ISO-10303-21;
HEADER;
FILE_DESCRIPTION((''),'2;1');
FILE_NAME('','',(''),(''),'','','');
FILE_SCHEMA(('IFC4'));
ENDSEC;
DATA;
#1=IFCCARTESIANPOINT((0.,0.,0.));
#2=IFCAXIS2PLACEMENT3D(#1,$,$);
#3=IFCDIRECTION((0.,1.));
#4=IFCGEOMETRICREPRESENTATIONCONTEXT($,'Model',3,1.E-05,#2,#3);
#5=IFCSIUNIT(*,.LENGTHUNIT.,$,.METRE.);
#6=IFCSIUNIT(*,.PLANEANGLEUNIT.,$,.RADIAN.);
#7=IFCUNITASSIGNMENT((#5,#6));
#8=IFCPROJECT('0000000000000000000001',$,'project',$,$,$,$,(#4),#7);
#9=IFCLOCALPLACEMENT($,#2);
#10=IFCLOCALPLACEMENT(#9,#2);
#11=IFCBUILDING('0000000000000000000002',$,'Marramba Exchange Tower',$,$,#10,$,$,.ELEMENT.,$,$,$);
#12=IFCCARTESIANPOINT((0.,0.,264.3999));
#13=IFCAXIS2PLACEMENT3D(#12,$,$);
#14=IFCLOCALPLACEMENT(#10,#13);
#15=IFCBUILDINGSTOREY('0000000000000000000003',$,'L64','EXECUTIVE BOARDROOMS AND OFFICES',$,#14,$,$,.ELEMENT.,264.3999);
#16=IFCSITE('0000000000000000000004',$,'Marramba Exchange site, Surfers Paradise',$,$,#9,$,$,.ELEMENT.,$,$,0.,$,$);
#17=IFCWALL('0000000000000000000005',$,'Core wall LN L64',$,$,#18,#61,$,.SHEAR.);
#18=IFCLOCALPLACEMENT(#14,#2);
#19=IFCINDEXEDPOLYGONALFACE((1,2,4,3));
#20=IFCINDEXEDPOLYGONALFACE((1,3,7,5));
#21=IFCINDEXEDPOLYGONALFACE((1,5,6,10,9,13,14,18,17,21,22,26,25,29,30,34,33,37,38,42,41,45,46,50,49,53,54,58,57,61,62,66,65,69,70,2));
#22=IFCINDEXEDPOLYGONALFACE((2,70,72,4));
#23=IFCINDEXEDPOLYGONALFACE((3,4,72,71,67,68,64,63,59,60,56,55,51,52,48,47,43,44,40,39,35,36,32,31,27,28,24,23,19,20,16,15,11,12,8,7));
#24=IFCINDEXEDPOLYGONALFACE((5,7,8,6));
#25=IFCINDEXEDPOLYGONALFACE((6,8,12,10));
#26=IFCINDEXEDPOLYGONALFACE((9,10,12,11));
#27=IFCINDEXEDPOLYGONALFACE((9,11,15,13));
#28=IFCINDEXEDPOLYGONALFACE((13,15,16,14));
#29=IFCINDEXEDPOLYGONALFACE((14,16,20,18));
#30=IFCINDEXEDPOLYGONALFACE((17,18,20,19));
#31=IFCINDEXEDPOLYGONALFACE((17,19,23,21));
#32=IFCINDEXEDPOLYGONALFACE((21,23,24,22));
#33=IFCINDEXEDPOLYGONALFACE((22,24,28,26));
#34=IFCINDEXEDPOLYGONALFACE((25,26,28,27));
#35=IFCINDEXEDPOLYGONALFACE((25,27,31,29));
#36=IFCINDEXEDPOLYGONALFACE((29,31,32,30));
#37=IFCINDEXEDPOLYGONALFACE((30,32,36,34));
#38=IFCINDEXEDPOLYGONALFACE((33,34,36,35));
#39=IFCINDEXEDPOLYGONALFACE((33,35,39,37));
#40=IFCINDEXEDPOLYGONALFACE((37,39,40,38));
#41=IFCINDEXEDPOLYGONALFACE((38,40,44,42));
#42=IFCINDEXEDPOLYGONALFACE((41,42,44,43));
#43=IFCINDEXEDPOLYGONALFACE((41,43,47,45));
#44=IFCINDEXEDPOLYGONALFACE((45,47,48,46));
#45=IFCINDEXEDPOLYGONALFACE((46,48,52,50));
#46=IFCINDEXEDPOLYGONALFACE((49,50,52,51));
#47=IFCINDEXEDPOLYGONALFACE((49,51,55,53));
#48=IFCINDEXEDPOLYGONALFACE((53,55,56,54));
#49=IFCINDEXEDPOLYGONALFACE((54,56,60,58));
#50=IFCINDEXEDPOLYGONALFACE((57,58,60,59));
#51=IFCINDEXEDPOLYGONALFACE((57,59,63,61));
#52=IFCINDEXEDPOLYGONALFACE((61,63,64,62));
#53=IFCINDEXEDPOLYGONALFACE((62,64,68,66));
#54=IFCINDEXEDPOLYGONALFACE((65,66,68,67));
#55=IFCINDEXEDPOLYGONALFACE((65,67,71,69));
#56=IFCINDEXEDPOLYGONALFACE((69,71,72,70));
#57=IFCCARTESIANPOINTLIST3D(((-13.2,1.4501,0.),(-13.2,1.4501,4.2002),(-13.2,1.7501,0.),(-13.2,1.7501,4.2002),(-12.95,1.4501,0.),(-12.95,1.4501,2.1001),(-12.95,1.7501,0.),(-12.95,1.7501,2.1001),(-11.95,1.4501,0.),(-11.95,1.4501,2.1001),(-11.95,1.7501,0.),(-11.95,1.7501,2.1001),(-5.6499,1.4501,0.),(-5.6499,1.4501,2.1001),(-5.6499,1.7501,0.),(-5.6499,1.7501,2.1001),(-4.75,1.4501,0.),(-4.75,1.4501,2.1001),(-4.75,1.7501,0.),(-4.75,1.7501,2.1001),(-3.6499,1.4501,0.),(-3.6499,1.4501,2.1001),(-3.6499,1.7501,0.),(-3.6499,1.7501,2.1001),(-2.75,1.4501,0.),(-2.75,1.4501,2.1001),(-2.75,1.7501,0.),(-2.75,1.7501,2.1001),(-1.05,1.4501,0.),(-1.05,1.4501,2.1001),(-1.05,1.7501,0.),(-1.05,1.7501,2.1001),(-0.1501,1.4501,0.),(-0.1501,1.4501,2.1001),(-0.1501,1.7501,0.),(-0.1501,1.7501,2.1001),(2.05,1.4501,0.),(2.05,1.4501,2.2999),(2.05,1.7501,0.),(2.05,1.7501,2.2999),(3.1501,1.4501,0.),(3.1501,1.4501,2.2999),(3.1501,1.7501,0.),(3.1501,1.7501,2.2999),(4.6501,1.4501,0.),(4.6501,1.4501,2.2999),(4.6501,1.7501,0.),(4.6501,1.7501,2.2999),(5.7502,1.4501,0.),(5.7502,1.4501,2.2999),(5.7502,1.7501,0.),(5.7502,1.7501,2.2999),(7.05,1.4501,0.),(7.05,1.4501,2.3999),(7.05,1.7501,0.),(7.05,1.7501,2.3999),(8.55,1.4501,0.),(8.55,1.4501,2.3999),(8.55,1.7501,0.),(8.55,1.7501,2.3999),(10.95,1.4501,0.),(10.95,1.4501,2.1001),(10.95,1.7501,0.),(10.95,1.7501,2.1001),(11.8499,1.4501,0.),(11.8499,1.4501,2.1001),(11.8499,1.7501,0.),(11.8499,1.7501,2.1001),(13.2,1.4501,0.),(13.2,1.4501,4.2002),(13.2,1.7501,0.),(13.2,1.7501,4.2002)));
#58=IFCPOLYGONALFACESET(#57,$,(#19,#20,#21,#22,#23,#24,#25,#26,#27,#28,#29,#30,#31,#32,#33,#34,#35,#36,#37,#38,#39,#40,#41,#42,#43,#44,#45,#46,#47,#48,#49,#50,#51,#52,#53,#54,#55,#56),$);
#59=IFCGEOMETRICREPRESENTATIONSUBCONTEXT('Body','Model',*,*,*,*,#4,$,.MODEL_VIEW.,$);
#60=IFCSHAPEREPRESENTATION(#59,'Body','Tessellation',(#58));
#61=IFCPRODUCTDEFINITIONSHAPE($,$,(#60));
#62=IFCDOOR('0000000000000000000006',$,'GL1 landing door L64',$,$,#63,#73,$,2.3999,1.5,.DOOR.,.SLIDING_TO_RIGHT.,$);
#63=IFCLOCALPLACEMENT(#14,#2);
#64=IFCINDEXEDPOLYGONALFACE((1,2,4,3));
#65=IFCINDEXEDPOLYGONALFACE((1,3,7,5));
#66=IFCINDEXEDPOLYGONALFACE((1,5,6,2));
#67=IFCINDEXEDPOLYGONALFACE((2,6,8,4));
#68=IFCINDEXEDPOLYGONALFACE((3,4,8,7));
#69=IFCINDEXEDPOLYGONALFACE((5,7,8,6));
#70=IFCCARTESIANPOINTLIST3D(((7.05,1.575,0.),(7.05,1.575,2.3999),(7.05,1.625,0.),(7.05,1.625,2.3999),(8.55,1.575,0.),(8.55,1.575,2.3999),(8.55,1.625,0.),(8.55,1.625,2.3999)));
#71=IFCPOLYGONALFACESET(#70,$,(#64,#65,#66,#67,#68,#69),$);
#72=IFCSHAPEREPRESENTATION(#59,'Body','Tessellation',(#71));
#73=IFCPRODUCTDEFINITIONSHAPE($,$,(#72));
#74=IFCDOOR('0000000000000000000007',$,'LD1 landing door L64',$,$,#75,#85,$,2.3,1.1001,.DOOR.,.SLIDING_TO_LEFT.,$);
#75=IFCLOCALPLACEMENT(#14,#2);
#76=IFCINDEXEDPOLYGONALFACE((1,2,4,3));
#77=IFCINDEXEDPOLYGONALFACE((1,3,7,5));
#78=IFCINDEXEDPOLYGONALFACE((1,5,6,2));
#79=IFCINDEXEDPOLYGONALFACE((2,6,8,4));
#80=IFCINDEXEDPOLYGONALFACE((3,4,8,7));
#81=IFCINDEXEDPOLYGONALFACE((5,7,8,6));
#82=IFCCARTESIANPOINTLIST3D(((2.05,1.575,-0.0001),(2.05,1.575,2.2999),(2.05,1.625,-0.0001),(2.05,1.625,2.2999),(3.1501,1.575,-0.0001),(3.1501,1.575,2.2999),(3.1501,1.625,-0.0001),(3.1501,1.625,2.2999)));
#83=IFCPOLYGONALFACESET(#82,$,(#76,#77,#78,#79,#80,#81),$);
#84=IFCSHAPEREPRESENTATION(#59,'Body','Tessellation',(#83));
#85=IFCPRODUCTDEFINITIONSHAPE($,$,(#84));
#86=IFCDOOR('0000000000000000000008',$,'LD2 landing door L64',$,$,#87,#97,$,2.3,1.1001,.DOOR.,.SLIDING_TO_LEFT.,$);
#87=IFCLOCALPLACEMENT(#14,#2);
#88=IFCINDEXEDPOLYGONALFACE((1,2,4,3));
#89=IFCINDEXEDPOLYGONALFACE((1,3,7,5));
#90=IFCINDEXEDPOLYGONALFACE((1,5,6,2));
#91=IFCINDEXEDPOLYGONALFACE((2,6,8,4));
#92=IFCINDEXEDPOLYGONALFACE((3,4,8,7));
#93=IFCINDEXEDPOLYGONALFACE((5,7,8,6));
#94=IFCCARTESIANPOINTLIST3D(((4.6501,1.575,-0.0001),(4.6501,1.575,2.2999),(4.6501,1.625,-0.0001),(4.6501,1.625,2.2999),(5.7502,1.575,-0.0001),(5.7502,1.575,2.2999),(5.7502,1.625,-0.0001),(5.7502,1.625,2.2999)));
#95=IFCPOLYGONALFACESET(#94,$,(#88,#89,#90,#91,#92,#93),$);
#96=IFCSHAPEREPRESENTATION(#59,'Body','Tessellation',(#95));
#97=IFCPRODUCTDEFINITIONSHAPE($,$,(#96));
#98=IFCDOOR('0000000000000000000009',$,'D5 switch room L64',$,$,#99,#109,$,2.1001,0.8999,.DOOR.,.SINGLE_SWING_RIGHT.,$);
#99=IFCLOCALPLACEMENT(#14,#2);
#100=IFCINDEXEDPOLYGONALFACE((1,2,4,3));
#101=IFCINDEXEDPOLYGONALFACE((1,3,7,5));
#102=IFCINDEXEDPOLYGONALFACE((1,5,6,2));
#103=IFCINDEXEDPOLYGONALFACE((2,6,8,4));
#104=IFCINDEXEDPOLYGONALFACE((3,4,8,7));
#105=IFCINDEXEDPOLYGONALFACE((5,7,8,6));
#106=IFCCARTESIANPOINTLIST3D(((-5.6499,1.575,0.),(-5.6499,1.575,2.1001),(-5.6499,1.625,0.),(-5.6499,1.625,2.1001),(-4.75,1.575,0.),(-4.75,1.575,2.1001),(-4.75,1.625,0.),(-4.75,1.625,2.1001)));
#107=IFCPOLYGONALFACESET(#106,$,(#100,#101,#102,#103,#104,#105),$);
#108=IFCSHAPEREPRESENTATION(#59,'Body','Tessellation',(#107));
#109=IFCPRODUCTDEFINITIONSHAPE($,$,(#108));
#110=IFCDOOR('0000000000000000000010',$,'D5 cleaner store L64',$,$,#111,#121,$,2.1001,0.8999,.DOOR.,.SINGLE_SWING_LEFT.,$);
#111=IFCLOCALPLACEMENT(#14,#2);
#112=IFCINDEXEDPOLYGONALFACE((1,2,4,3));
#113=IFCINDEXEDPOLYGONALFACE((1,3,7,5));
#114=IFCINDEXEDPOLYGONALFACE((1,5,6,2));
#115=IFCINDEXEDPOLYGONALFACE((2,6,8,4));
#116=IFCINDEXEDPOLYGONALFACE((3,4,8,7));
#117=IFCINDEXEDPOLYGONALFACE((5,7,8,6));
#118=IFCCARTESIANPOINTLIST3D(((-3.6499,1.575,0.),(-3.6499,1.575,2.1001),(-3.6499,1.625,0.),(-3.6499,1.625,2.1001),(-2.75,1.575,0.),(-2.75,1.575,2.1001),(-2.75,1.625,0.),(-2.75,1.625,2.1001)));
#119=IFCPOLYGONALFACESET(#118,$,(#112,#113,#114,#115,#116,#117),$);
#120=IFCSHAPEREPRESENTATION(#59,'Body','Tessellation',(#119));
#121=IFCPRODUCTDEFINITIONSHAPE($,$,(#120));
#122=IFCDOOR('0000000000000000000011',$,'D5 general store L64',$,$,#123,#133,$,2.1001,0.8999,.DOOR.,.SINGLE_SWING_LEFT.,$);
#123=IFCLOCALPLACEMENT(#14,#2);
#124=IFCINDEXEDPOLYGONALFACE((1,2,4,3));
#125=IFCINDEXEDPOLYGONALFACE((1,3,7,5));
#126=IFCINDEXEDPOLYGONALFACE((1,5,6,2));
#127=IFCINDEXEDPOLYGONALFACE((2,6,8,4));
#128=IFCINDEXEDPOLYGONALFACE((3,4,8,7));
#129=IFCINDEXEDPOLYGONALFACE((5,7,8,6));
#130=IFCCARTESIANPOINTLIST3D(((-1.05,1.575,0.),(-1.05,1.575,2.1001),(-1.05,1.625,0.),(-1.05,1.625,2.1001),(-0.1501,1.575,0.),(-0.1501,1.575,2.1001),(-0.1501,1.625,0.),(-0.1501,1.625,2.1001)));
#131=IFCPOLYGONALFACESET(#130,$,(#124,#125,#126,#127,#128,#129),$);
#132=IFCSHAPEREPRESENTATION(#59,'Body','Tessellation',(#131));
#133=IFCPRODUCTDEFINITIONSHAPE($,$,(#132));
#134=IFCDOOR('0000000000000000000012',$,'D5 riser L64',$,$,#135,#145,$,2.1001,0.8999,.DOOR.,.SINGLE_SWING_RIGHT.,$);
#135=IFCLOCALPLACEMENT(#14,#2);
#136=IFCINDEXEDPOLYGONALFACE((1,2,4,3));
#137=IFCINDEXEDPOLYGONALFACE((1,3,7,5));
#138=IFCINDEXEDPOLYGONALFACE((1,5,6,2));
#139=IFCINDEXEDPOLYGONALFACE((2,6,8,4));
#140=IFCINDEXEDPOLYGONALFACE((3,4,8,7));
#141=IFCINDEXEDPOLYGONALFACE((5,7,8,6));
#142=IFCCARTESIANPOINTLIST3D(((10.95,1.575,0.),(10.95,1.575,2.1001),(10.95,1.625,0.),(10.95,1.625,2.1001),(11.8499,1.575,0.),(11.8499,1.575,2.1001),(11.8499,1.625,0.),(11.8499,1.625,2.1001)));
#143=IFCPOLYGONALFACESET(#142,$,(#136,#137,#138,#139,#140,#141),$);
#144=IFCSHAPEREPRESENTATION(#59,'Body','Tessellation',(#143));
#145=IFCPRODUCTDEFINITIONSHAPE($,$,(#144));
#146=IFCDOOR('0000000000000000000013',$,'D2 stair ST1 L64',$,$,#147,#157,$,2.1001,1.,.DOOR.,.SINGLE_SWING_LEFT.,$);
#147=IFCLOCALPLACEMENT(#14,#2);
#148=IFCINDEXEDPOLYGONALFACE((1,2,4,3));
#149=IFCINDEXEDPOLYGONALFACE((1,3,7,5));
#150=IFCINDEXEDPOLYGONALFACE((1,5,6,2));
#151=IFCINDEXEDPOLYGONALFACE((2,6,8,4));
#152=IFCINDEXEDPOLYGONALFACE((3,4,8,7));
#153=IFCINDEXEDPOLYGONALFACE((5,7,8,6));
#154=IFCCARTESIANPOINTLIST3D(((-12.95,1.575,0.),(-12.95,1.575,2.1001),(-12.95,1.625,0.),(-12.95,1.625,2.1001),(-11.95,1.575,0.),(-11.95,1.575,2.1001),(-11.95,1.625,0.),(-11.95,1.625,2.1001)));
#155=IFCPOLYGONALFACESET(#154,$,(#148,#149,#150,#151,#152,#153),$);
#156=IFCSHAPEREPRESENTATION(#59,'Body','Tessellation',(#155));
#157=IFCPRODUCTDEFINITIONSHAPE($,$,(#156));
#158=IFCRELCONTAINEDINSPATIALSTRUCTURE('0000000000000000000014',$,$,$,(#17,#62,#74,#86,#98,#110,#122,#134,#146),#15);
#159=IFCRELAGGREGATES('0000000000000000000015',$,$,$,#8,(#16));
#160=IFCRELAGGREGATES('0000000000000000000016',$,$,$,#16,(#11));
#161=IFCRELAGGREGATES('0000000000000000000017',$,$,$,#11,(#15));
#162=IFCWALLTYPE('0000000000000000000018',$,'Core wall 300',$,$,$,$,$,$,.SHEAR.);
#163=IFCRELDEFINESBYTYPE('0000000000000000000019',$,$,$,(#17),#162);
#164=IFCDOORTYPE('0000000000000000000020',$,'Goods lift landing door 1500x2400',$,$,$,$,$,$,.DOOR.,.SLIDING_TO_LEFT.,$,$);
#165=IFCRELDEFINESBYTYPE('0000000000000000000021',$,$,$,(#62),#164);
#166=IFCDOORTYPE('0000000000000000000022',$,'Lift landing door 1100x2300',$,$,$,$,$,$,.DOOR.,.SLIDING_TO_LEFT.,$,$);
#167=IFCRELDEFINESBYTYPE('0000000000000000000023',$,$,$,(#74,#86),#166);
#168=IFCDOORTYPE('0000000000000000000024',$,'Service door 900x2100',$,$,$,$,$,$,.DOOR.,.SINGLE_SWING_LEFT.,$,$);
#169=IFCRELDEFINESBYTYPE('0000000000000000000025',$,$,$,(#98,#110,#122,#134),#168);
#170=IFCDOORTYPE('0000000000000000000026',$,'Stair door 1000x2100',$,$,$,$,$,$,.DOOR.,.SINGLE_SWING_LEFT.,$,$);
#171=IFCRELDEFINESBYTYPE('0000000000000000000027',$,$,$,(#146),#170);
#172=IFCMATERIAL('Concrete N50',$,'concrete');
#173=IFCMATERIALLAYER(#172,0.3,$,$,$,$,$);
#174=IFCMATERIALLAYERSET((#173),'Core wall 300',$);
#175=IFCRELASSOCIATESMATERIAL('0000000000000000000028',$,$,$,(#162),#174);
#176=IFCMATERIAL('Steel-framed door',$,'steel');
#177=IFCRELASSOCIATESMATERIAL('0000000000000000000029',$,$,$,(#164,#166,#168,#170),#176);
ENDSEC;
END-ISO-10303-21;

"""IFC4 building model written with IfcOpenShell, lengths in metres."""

from ifc_helpers import new_model, si_unit, direction, frame, frame_2d, origin, place, context, subcontext, project, spatial, rectangle, extrude, material, layer, layer_set, type_object, element, fill, save


model = new_model("IFC4")

# Units and contexts
model_context = context("Model", 3, precision=1e-05, world=origin(), true_north=direction((0.0, 1.0)))
body_context = subcontext(model_context, "Body", "Model", "MODEL_VIEW")
ifc_project = project(units=[si_unit("LENGTHUNIT", "METRE"), si_unit("PLANEANGLEUNIT", "RADIAN")], contexts=[model_context])

# Site, building, storey
site_placement = place(None, origin())
site = spatial("IfcSite", under=ifc_project, at=site_placement, Name="Marramba Exchange site, Surfers Paradise", CompositionType="ELEMENT", RefElevation=0.0)
building_placement = place(site_placement, origin())
building = spatial("IfcBuilding", under=site, at=building_placement, Name="Marramba Exchange Tower", CompositionType="ELEMENT")
storey_placement = place(building_placement, frame((0.0, 0.0, 264.3999)))
storey = spatial("IfcBuildingStorey", under=building, at=storey_placement, Name="L64", Description="EXECUTIVE BOARDROOMS AND OFFICES", CompositionType="ELEMENT", Elevation=264.3999)

# Shared definitions
ifc_material_1 = material(Name="Concrete N50", Category="concrete")

# Shared definitions
ifc_material_2 = material(Name="Steel-framed door", Category="steel")

# Wall, openings, doors
ifc_layer_1 = layer(ifc_material_1, 0.3)
ifc_layer_set_1 = layer_set([ifc_layer_1], Name="Core wall 300")
wall_type_1 = type_object("IfcWallType", Name="Core wall 300", PredefinedType="SHEAR", material=ifc_layer_set_1)
wall_1_placement = place(storey_placement, frame((-13.2, 1.6001, 0.0), z_axis=(0.0, 0.0, 1.0), x_axis=(1.0, 0.0, 0.0)))
wall_1 = element("IfcWall", 1, at=wall_1_placement, inside=storey, type_object=wall_type_1, Name="Core wall LN L64", PredefinedType="SHEAR", context=body_context, shape_type="SweptSolid", body=[
    extrude(rectangle(XDim=26.3999, YDim=0.3, at=frame_2d((13.2, 0.0))), origin(), (0.0, 0.0, 1.0), 4.2002),
])
opening_1_placement = place(wall_1_placement, frame((0.25, 0.0, 0.0)))
opening_1 = element("IfcOpeningElement", 2, at=opening_1_placement, cuts=wall_1, PredefinedType="OPENING", context=body_context, shape_type="SweptSolid", body=[
    extrude(rectangle(XDim=1.0, YDim=2.1001, at=frame_2d((0.5, 1.05))), frame((0.0, 0.1599, 0.0), z_axis=(0.0, -1.0, 0.0), x_axis=(1.0, 0.0, 0.0)), (0.0, 0.0, 1.0), 0.3201),
])
opening_2_placement = place(wall_1_placement, frame((20.25, 0.0, 0.0)))
opening_2 = element("IfcOpeningElement", 3, at=opening_2_placement, cuts=wall_1, PredefinedType="OPENING", context=body_context, shape_type="SweptSolid", body=[
    extrude(rectangle(XDim=1.5, YDim=2.3999, at=frame_2d((0.75, 1.2))), frame((0.0, 0.1599, 0.0), z_axis=(0.0, -1.0, 0.0), x_axis=(1.0, 0.0, 0.0)), (0.0, 0.0, 1.0), 0.3201),
])
opening_3_placement = place(wall_1_placement, frame((7.55, 0.0, 0.0)))
opening_3 = element("IfcOpeningElement", 4, at=opening_3_placement, cuts=wall_1, PredefinedType="OPENING", context=body_context, shape_type="SweptSolid", body=[
    extrude(rectangle(XDim=0.8999, YDim=2.1001, at=frame_2d((0.45, 1.05))), frame((0.0, 0.1599, 0.0), z_axis=(0.0, -1.0, 0.0), x_axis=(1.0, 0.0, 0.0)), (0.0, 0.0, 1.0), 0.3201),
])
opening_4_placement = place(wall_1_placement, frame((9.55, 0.0, 0.0)))
opening_4 = element("IfcOpeningElement", 5, at=opening_4_placement, cuts=wall_1, PredefinedType="OPENING", context=body_context, shape_type="SweptSolid", body=[
    extrude(rectangle(XDim=0.8999, YDim=2.1001, at=frame_2d((0.45, 1.05))), frame((0.0, 0.1599, 0.0), z_axis=(0.0, -1.0, 0.0), x_axis=(1.0, 0.0, 0.0)), (0.0, 0.0, 1.0), 0.3201),
])
opening_5_placement = place(wall_1_placement, frame((12.1499, 0.0, 0.0)))
opening_5 = element("IfcOpeningElement", 6, at=opening_5_placement, cuts=wall_1, PredefinedType="OPENING", context=body_context, shape_type="SweptSolid", body=[
    extrude(rectangle(XDim=0.8999, YDim=2.1001, at=frame_2d((0.45, 1.05))), frame((0.0, 0.1599, 0.0), z_axis=(0.0, -1.0, 0.0), x_axis=(1.0, 0.0, 0.0)), (0.0, 0.0, 1.0), 0.3201),
])
opening_6_placement = place(wall_1_placement, frame((15.25, 0.0, 0.0)))
opening_6 = element("IfcOpeningElement", 7, at=opening_6_placement, cuts=wall_1, PredefinedType="OPENING", context=body_context, shape_type="SweptSolid", body=[
    extrude(rectangle(XDim=1.1001, YDim=2.3, at=frame_2d((0.55, 1.1499))), frame((0.0, 0.1599, 0.0), z_axis=(0.0, -1.0, 0.0), x_axis=(1.0, 0.0, 0.0)), (0.0, 0.0, 1.0), 0.3201),
])
opening_7_placement = place(wall_1_placement, frame((17.8501, 0.0, 0.0)))
opening_7 = element("IfcOpeningElement", 8, at=opening_7_placement, cuts=wall_1, PredefinedType="OPENING", context=body_context, shape_type="SweptSolid", body=[
    extrude(rectangle(XDim=1.1001, YDim=2.3, at=frame_2d((0.55, 1.1499))), frame((0.0, 0.1599, 0.0), z_axis=(0.0, -1.0, 0.0), x_axis=(1.0, 0.0, 0.0)), (0.0, 0.0, 1.0), 0.3201),
])
opening_8_placement = place(wall_1_placement, frame((24.1499, 0.0, 0.0)))
opening_8 = element("IfcOpeningElement", 9, at=opening_8_placement, cuts=wall_1, PredefinedType="OPENING", context=body_context, shape_type="SweptSolid", body=[
    extrude(rectangle(XDim=0.8999, YDim=2.1001, at=frame_2d((0.45, 1.05))), frame((0.0, 0.1599, 0.0), z_axis=(0.0, -1.0, 0.0), x_axis=(1.0, 0.0, 0.0)), (0.0, 0.0, 1.0), 0.3201),
])
door_type_1 = type_object("IfcDoorType", Name="Goods lift landing door 1500x2400", OperationType="SLIDING_TO_LEFT", PredefinedType="DOOR", material=ifc_material_2)
door_1_placement = place(opening_2_placement, origin())
door_1 = element("IfcDoor", 10, at=door_1_placement, inside=storey, type_object=door_type_1, Name="GL1 landing door L64", OperationType="SLIDING_TO_RIGHT", OverallHeight=2.3999, OverallWidth=1.5, PredefinedType="DOOR", context=body_context, shape_type="SweptSolid", body=[
    extrude(rectangle(XDim=1.5, YDim=2.3999, at=frame_2d((0.75, 1.2))), frame((0.0, 0.0249, 0.0), z_axis=(0.0, -1.0, 0.0), x_axis=(1.0, 0.0, 0.0)), (0.0, 0.0, 1.0), 0.05),
])
fill(opening_2, door_1)
door_type_2 = type_object("IfcDoorType", Name="Lift landing door 1100x2300", OperationType="SLIDING_TO_LEFT", PredefinedType="DOOR", material=ifc_material_2)
door_2_placement = place(opening_6_placement, origin())
door_2 = element("IfcDoor", 11, at=door_2_placement, inside=storey, type_object=door_type_2, Name="LD1 landing door L64", OperationType="SLIDING_TO_LEFT", OverallHeight=2.3, OverallWidth=1.1001, PredefinedType="DOOR", context=body_context, shape_type="SweptSolid", body=[
    extrude(rectangle(XDim=1.1001, YDim=2.3, at=frame_2d((0.55, 1.1499))), frame((0.0, 0.0249, 0.0), z_axis=(0.0, -1.0, 0.0), x_axis=(1.0, 0.0, 0.0)), (0.0, 0.0, 1.0), 0.05),
])
fill(opening_6, door_2)
door_3_placement = place(opening_7_placement, origin())
door_3 = element("IfcDoor", 12, at=door_3_placement, inside=storey, type_object=door_type_2, Name="LD2 landing door L64", OperationType="SLIDING_TO_LEFT", OverallHeight=2.3, OverallWidth=1.1001, PredefinedType="DOOR", context=body_context, shape_type="SweptSolid", body=[
    extrude(rectangle(XDim=1.1001, YDim=2.3, at=frame_2d((0.55, 1.1499))), frame((0.0, 0.0249, 0.0), z_axis=(0.0, -1.0, 0.0), x_axis=(1.0, 0.0, 0.0)), (0.0, 0.0, 1.0), 0.05),
])
fill(opening_7, door_3)
door_type_3 = type_object("IfcDoorType", Name="Service door 900x2100", OperationType="SINGLE_SWING_LEFT", PredefinedType="DOOR", material=ifc_material_2)
door_4_placement = place(opening_3_placement, origin())
door_4 = element("IfcDoor", 13, at=door_4_placement, inside=storey, type_object=door_type_3, Name="D5 switch room L64", OperationType="SINGLE_SWING_RIGHT", OverallHeight=2.1001, OverallWidth=0.8999, PredefinedType="DOOR", context=body_context, shape_type="SweptSolid", body=[
    extrude(rectangle(XDim=0.8999, YDim=2.1001, at=frame_2d((0.45, 1.05))), frame((0.0, 0.0249, 0.0), z_axis=(0.0, -1.0, 0.0), x_axis=(1.0, 0.0, 0.0)), (0.0, 0.0, 1.0), 0.05),
])
fill(opening_3, door_4)
door_5_placement = place(opening_4_placement, origin())
door_5 = element("IfcDoor", 14, at=door_5_placement, inside=storey, type_object=door_type_3, Name="D5 cleaner store L64", OperationType="SINGLE_SWING_LEFT", OverallHeight=2.1001, OverallWidth=0.8999, PredefinedType="DOOR", context=body_context, shape_type="SweptSolid", body=[
    extrude(rectangle(XDim=0.8999, YDim=2.1001, at=frame_2d((0.45, 1.05))), frame((0.0, 0.0249, 0.0), z_axis=(0.0, -1.0, 0.0), x_axis=(1.0, 0.0, 0.0)), (0.0, 0.0, 1.0), 0.05),
])
fill(opening_4, door_5)
door_6_placement = place(opening_5_placement, origin())
door_6 = element("IfcDoor", 15, at=door_6_placement, inside=storey, type_object=door_type_3, Name="D5 general store L64", OperationType="SINGLE_SWING_LEFT", OverallHeight=2.1001, OverallWidth=0.8999, PredefinedType="DOOR", context=body_context, shape_type="SweptSolid", body=[
    extrude(rectangle(XDim=0.8999, YDim=2.1001, at=frame_2d((0.45, 1.05))), frame((0.0, 0.0249, 0.0), z_axis=(0.0, -1.0, 0.0), x_axis=(1.0, 0.0, 0.0)), (0.0, 0.0, 1.0), 0.05),
])
fill(opening_5, door_6)
door_7_placement = place(opening_8_placement, origin())
door_7 = element("IfcDoor", 16, at=door_7_placement, inside=storey, type_object=door_type_3, Name="D5 riser L64", OperationType="SINGLE_SWING_RIGHT", OverallHeight=2.1001, OverallWidth=0.8999, PredefinedType="DOOR", context=body_context, shape_type="SweptSolid", body=[
    extrude(rectangle(XDim=0.8999, YDim=2.1001, at=frame_2d((0.45, 1.05))), frame((0.0, 0.0249, 0.0), z_axis=(0.0, -1.0, 0.0), x_axis=(1.0, 0.0, 0.0)), (0.0, 0.0, 1.0), 0.05),
])
fill(opening_8, door_7)
door_type_4 = type_object("IfcDoorType", Name="Stair door 1000x2100", OperationType="SINGLE_SWING_LEFT", PredefinedType="DOOR", material=ifc_material_2)
door_8_placement = place(opening_1_placement, origin())
door_8 = element("IfcDoor", 17, at=door_8_placement, inside=storey, type_object=door_type_4, Name="D2 stair ST1 L64", OperationType="SINGLE_SWING_LEFT", OverallHeight=2.1001, OverallWidth=1.0, PredefinedType="DOOR", context=body_context, shape_type="SweptSolid", body=[
    extrude(rectangle(XDim=1.0, YDim=2.1001, at=frame_2d((0.5, 1.05))), frame((0.0, 0.0249, 0.0), z_axis=(0.0, -1.0, 0.0), x_axis=(1.0, 0.0, 0.0)), (0.0, 0.0, 1.0), 0.05),
])
fill(opening_1, door_8)

save(model, "model.ifc")
